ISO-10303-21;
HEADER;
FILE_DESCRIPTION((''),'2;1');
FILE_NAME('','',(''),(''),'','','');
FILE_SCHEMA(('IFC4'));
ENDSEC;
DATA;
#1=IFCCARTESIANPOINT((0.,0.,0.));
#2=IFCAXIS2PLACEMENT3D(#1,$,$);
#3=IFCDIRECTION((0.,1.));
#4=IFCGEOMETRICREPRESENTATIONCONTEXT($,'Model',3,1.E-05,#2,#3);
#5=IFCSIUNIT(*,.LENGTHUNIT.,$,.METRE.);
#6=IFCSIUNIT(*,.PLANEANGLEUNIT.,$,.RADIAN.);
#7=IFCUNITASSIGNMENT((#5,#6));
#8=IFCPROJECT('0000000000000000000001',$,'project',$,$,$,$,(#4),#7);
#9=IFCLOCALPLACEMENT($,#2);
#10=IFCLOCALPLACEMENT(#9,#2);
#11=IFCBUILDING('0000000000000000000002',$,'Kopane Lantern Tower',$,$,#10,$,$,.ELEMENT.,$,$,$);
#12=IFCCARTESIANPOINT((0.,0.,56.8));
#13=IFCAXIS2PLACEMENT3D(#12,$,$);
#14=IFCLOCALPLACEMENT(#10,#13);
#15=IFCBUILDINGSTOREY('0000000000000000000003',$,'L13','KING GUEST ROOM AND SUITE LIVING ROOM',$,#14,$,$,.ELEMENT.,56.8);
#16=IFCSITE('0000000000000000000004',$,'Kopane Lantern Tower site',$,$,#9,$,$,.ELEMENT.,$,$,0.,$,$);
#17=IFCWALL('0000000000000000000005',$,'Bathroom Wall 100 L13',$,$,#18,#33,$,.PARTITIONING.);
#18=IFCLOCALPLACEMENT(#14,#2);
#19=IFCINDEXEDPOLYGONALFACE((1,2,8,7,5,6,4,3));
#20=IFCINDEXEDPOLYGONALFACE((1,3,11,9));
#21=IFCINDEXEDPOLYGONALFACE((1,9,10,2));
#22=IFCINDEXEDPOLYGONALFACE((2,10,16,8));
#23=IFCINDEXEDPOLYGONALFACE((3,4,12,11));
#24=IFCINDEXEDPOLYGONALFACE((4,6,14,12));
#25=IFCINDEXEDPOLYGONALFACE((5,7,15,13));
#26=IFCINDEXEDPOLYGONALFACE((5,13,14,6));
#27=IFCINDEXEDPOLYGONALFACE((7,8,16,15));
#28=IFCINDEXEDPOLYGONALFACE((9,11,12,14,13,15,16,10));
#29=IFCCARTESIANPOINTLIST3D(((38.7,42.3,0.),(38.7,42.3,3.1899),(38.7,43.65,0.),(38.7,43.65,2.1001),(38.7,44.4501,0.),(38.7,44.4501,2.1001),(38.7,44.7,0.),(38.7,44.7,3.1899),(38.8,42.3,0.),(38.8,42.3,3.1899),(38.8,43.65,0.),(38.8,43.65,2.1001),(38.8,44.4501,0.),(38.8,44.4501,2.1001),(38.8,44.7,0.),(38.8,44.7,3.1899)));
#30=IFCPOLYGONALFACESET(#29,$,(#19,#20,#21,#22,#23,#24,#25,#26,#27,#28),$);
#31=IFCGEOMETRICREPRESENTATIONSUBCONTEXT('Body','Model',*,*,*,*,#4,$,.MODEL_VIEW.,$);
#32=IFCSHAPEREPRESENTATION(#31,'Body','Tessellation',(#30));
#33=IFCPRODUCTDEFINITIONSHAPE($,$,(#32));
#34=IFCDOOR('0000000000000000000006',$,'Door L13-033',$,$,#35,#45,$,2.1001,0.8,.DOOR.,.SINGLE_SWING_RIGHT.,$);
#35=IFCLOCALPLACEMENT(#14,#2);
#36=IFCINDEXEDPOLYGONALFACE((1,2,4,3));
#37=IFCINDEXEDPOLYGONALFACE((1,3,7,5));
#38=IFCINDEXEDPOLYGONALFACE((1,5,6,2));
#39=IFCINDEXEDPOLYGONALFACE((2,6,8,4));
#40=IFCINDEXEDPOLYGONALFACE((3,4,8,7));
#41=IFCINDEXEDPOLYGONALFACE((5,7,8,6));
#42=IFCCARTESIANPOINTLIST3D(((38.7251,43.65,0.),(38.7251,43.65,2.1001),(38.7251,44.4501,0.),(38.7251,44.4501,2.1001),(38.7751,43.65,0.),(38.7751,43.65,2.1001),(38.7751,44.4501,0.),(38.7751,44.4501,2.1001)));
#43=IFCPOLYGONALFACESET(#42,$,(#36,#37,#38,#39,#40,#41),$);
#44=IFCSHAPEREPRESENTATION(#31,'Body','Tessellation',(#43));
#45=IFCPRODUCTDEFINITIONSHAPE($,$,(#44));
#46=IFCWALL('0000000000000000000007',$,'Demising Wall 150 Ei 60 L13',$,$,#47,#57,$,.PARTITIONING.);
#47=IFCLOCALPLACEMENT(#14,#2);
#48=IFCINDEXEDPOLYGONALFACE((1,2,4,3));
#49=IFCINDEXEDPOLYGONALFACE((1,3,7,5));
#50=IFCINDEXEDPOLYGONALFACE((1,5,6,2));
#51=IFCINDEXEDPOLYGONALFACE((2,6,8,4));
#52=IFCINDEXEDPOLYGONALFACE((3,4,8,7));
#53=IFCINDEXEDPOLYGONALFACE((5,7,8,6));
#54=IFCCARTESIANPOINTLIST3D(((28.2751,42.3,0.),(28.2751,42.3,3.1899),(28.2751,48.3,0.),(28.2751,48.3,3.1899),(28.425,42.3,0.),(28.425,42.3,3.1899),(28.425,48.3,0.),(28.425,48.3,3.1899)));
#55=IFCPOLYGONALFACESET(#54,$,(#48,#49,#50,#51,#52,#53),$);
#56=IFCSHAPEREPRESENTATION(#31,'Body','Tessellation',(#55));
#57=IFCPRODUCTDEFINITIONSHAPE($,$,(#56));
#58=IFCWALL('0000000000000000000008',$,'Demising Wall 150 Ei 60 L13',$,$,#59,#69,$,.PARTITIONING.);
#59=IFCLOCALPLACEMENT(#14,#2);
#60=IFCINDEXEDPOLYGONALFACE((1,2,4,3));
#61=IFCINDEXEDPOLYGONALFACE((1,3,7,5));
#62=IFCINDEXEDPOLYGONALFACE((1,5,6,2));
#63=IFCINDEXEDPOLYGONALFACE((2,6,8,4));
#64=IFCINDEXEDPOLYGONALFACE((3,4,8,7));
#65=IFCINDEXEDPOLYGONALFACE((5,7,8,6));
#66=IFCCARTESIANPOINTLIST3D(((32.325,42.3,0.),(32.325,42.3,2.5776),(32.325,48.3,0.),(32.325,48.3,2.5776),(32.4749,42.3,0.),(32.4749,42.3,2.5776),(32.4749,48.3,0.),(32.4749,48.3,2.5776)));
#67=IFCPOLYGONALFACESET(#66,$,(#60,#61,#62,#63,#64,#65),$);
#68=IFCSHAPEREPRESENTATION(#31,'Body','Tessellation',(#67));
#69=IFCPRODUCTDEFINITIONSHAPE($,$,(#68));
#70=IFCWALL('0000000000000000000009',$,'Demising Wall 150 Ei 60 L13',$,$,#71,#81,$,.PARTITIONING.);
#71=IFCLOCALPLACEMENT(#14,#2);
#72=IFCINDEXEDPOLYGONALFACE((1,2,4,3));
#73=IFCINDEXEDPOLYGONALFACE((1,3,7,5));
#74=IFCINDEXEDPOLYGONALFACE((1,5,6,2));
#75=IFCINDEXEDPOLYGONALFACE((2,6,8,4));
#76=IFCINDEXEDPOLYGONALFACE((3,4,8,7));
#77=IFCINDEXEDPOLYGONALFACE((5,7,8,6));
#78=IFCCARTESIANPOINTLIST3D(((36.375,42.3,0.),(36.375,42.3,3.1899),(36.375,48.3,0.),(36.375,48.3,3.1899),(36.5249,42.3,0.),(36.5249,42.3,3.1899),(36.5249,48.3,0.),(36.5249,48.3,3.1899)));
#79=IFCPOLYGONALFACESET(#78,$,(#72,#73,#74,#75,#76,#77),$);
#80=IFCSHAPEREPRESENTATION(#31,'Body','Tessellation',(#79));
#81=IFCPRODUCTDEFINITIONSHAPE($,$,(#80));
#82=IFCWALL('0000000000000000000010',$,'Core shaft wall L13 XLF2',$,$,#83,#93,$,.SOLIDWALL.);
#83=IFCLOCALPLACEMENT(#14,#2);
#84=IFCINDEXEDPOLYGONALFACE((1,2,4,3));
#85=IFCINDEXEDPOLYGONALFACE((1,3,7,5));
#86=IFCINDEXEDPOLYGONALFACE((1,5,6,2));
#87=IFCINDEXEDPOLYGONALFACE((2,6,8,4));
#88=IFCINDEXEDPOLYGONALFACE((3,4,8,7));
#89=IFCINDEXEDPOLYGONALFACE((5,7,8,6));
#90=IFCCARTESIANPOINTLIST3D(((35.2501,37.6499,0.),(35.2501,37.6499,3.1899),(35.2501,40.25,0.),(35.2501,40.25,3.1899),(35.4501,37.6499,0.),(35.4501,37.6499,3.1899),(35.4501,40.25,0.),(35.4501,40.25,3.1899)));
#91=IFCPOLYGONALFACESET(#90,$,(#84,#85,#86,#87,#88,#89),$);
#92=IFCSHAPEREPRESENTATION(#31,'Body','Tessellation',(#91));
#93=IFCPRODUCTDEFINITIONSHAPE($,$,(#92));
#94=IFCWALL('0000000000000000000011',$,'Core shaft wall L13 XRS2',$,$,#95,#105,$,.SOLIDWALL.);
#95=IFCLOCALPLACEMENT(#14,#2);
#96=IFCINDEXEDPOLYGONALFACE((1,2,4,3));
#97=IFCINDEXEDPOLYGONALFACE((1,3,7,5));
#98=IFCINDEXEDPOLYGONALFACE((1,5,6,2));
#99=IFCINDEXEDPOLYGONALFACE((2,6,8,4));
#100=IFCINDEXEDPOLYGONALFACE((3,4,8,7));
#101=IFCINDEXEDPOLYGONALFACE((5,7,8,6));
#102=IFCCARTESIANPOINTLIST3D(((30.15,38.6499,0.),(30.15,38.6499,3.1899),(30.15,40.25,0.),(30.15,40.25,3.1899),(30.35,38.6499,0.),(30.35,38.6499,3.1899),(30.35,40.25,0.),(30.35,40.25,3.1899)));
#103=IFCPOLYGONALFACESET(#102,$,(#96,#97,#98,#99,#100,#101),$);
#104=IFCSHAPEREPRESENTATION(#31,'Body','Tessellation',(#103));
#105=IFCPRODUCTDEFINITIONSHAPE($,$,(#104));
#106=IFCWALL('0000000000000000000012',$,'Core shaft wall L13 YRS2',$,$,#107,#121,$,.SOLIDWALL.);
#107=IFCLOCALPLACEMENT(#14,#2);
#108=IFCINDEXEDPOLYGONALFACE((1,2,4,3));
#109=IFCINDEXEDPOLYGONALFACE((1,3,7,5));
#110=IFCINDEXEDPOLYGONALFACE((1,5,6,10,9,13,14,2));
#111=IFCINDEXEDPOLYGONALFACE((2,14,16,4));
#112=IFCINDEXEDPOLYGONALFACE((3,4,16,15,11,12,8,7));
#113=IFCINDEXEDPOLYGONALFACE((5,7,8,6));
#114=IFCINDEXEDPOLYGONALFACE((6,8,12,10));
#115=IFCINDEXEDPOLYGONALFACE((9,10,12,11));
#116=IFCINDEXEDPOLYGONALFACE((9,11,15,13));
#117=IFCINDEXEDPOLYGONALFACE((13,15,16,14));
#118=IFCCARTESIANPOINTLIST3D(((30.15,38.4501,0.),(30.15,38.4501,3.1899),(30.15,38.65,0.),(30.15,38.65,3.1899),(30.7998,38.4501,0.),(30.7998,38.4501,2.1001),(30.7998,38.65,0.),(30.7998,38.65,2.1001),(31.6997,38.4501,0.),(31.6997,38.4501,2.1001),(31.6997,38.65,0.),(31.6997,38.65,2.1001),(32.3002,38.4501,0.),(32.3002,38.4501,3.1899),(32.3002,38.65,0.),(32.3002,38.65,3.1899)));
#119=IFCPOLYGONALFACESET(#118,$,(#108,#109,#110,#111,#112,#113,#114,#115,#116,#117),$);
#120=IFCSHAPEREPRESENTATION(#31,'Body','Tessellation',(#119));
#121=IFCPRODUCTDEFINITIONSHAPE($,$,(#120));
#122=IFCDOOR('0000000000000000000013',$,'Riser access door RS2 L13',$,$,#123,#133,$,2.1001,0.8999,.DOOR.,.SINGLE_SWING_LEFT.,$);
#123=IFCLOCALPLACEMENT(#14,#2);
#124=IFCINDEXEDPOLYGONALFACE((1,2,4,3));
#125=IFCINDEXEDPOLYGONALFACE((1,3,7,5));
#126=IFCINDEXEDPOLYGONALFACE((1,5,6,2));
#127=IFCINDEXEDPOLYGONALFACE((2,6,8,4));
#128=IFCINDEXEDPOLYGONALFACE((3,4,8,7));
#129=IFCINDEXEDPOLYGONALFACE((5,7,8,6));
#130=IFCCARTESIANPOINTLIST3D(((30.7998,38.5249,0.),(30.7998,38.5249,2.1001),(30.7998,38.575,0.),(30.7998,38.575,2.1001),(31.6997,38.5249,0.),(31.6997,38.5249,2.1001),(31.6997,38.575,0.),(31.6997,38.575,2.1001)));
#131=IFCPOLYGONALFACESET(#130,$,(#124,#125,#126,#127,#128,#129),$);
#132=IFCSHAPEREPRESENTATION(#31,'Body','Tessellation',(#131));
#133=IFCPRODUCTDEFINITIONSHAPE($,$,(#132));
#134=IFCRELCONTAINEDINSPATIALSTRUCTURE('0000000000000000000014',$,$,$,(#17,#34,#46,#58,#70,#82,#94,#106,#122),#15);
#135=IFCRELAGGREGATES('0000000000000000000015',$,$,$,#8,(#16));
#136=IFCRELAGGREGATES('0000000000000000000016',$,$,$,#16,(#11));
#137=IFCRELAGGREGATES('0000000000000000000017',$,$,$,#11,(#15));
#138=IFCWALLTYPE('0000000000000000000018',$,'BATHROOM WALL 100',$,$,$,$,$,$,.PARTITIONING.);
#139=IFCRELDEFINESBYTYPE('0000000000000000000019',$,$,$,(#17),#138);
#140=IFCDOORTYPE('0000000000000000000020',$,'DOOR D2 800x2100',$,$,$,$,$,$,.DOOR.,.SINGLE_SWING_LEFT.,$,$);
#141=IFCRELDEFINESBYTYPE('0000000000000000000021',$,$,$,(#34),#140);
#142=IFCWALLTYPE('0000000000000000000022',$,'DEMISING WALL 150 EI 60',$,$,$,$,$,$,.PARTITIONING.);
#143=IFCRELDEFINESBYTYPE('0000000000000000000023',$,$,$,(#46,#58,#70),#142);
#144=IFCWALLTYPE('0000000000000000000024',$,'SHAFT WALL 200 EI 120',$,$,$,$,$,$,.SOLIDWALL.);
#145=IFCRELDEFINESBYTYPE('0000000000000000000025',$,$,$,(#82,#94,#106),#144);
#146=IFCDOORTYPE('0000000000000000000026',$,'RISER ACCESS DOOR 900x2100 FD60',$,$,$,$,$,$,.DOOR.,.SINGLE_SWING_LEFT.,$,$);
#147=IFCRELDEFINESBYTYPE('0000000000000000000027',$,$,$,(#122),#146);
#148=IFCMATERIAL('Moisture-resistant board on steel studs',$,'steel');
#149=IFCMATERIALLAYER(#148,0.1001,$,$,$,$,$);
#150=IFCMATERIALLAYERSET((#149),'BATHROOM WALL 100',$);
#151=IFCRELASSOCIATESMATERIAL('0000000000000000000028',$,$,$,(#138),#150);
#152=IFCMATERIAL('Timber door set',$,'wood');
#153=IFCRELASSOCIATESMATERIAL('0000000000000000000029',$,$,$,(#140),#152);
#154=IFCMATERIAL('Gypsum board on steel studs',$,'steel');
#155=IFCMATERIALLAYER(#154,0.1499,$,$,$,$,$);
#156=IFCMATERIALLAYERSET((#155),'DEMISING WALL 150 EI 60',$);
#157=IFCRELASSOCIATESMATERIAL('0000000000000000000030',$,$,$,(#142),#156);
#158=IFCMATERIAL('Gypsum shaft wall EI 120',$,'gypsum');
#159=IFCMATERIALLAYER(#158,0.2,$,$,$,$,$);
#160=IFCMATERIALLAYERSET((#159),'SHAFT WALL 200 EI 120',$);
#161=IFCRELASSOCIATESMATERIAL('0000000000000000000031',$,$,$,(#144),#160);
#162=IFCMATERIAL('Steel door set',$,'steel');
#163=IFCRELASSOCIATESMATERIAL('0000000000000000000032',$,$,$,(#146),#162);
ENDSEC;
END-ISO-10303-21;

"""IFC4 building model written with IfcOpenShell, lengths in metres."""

from ifc_helpers import new_model, si_unit, direction, frame, frame_2d, origin, place, context, subcontext, project, spatial, rectangle, extrude, material, layer, layer_set, type_object, element, fill, save


model = new_model("IFC4")

# Units and contexts
model_context = context("Model", 3, precision=1e-05, world=origin(), true_north=direction((0.0, 1.0)))
body_context = subcontext(model_context, "Body", "Model", "MODEL_VIEW")
ifc_project = project(units=[si_unit("LENGTHUNIT", "METRE"), si_unit("PLANEANGLEUNIT", "RADIAN")], contexts=[model_context])

# Site, building, storey
site_placement = place(None, origin())
site = spatial("IfcSite", under=ifc_project, at=site_placement, Name="Kopane Lantern Tower site", CompositionType="ELEMENT", RefElevation=0.0)
building_placement = place(site_placement, origin())
building = spatial("IfcBuilding", under=site, at=building_placement, Name="Kopane Lantern Tower", CompositionType="ELEMENT")
storey_placement = place(building_placement, frame((0.0, 0.0, 56.8)))
storey = spatial("IfcBuildingStorey", under=building, at=storey_placement, Name="L13", Description="KING GUEST ROOM AND SUITE LIVING ROOM", CompositionType="ELEMENT", Elevation=56.8)

# Shared definitions
ifc_material_1 = material(Name="Moisture-resistant board on steel studs", Category="steel")
ifc_layer_1 = layer(ifc_material_1, 0.1001)
ifc_layer_set_1 = layer_set([ifc_layer_1], Name="BATHROOM WALL 100")
wall_type_1 = type_object("IfcWallType", Name="BATHROOM WALL 100", PredefinedType="PARTITIONING", material=ifc_layer_set_1)
ifc_material_2 = material(Name="Timber door set", Category="wood")
door_type_1 = type_object("IfcDoorType", Name="DOOR D2 800x2100", OperationType="SINGLE_SWING_LEFT", PredefinedType="DOOR", material=ifc_material_2)

# Wall, opening, door
wall_1_placement = place(storey_placement, frame((38.75, 42.3, 0.0), z_axis=(0.0, 0.0, 1.0), x_axis=(0.0, 1.0, 0.0)))
wall_1 = element("IfcWall", 1, at=wall_1_placement, inside=storey, type_object=wall_type_1, Name="Bathroom Wall 100 L13", PredefinedType="PARTITIONING", context=body_context, shape_type="SweptSolid", body=[
    extrude(rectangle(XDim=2.3999, YDim=0.1001, at=frame_2d((1.2, 0.0))), origin(), (0.0, 0.0, 1.0), 3.1899),
])
opening_1_placement = place(wall_1_placement, frame((1.3501, 0.0, 0.0)))
opening_1 = element("IfcOpeningElement", 2, at=opening_1_placement, cuts=wall_1, PredefinedType="OPENING", context=body_context, shape_type="SweptSolid", body=[
    extrude(rectangle(XDim=0.8, YDim=2.1001, at=frame_2d((0.3999, 1.05))), frame((0.0, 0.0601, 0.0), z_axis=(0.0, -1.0, 0.0), x_axis=(1.0, 0.0, 0.0)), (0.0, 0.0, 1.0), 0.1201),
])
door_1_placement = place(opening_1_placement, origin())
door_1 = element("IfcDoor", 3, at=door_1_placement, inside=storey, type_object=door_type_1, Name="Door L13-033", OperationType="SINGLE_SWING_RIGHT", OverallHeight=2.1001, OverallWidth=0.8, PredefinedType="DOOR", context=body_context, shape_type="SweptSolid", body=[
    extrude(rectangle(XDim=0.8, YDim=2.1001, at=frame_2d((0.3999, 1.05))), frame((0.0, 0.0249, 0.0), z_axis=(0.0, -1.0, 0.0), x_axis=(1.0, 0.0, 0.0)), (0.0, 0.0, 1.0), 0.05),
])
fill(opening_1, door_1)

# Walls
ifc_material_3 = material(Name="Gypsum board on steel studs", Category="steel")
ifc_layer_2 = layer(ifc_material_3, 0.1499)
ifc_layer_set_2 = layer_set([ifc_layer_2], Name="DEMISING WALL 150 EI 60")
wall_type_2 = type_object("IfcWallType", Name="DEMISING WALL 150 EI 60", PredefinedType="PARTITIONING", material=ifc_layer_set_2)
wall_2_placement = place(storey_placement, frame((28.3501, 42.3, 0.0), z_axis=(0.0, 0.0, 1.0), x_axis=(0.0, 1.0, 0.0)))
element("IfcWall", 4, at=wall_2_placement, inside=storey, type_object=wall_type_2, Name="Demising Wall 150 Ei 60 L13", PredefinedType="PARTITIONING", context=body_context, shape_type="SweptSolid", body=[
    extrude(rectangle(XDim=6.0, YDim=0.1499, at=frame_2d((3.0, 0.0))), origin(), (0.0, 0.0, 1.0), 3.1899),
])
wall_3_placement = place(storey_placement, frame((32.3999, 42.3, 0.0), z_axis=(0.0, 0.0, 1.0), x_axis=(0.0, 1.0, 0.0)))
element("IfcWall", 5, at=wall_3_placement, inside=storey, type_object=wall_type_2, Name="Demising Wall 150 Ei 60 L13", PredefinedType="PARTITIONING", context=body_context, shape_type="SweptSolid", body=[
    extrude(rectangle(XDim=6.0, YDim=0.1499, at=frame_2d((3.0, 0.0))), origin(), (0.0, 0.0, 1.0), 2.5776),
])
wall_4_placement = place(storey_placement, frame((36.45, 42.3, 0.0), z_axis=(0.0, 0.0, 1.0), x_axis=(0.0, 1.0, 0.0)))
element("IfcWall", 6, at=wall_4_placement, inside=storey, type_object=wall_type_2, Name="Demising Wall 150 Ei 60 L13", PredefinedType="PARTITIONING", context=body_context, shape_type="SweptSolid", body=[
    extrude(rectangle(XDim=6.0, YDim=0.1499, at=frame_2d((3.0, 0.0))), origin(), (0.0, 0.0, 1.0), 3.1899),
])
ifc_material_4 = material(Name="Gypsum shaft wall EI 120", Category="gypsum")
ifc_layer_3 = layer(ifc_material_4, 0.2)
ifc_layer_set_3 = layer_set([ifc_layer_3], Name="SHAFT WALL 200 EI 120")
wall_type_3 = type_object("IfcWallType", Name="SHAFT WALL 200 EI 120", PredefinedType="SOLIDWALL", material=ifc_layer_set_3)
wall_5_placement = place(storey_placement, frame((35.3501, 37.6499, 0.0), z_axis=(0.0, 0.0, 1.0), x_axis=(0.0, 1.0, 0.0)))
element("IfcWall", 7, at=wall_5_placement, inside=storey, type_object=wall_type_3, Name="Core shaft wall L13 XLF2", PredefinedType="SOLIDWALL", context=body_context, shape_type="SweptSolid", body=[
    extrude(rectangle(XDim=2.6001, YDim=0.2, at=frame_2d((1.3, 0.0))), origin(), (0.0, 0.0, 1.0), 3.1899),
])
wall_6_placement = place(storey_placement, frame((30.25, 38.6499, 0.0), z_axis=(0.0, 0.0, 1.0), x_axis=(0.0, 1.0, 0.0)))
element("IfcWall", 8, at=wall_6_placement, inside=storey, type_object=wall_type_3, Name="Core shaft wall L13 XRS2", PredefinedType="SOLIDWALL", context=body_context, shape_type="SweptSolid", body=[
    extrude(rectangle(XDim=1.6001, YDim=0.2, at=frame_2d((0.8, 0.0))), origin(), (0.0, 0.0, 1.0), 3.1899),
])

# Wall, opening, door
wall_7_placement = place(storey_placement, frame((30.1499, 38.55, 0.0), z_axis=(0.0, 0.0, 1.0), x_axis=(1.0, 0.0, 0.0)))
wall_7 = element("IfcWall", 9, at=wall_7_placement, inside=storey, type_object=wall_type_3, Name="Core shaft wall L13 YRS2", PredefinedType="SOLIDWALL", context=body_context, shape_type="SweptSolid", body=[
    extrude(rectangle(XDim=2.1501, YDim=0.2, at=frame_2d((1.0752, 0.0))), origin(), (0.0, 0.0, 1.0), 3.1899),
])
opening_2_placement = place(wall_7_placement, frame((0.6499, 0.0, 0.0)))
opening_2 = element("IfcOpeningElement", 10, at=opening_2_placement, cuts=wall_7, PredefinedType="OPENING", context=body_context, shape_type="SweptSolid", body=[
    extrude(rectangle(XDim=0.8999, YDim=2.1001, at=frame_2d((0.45, 1.05))), frame((0.0, 0.1099, 0.0), z_axis=(0.0, -1.0, 0.0), x_axis=(1.0, 0.0, 0.0)), (0.0, 0.0, 1.0), 0.22),
])
ifc_material_5 = material(Name="Steel door set", Category="steel")
door_type_2 = type_object("IfcDoorType", Name="RISER ACCESS DOOR 900x2100 FD60", OperationType="SINGLE_SWING_LEFT", PredefinedType="DOOR", material=ifc_material_5)
door_2_placement = place(opening_2_placement, origin())
door_2 = element("IfcDoor", 11, at=door_2_placement, inside=storey, type_object=door_type_2, Name="Riser access door RS2 L13", OperationType="SINGLE_SWING_LEFT", OverallHeight=2.1001, OverallWidth=0.8999, PredefinedType="DOOR", context=body_context, shape_type="SweptSolid", body=[
    extrude(rectangle(XDim=0.8999, YDim=2.1001, at=frame_2d((0.45, 1.05))), frame((0.0, 0.0249, 0.0), z_axis=(0.0, -1.0, 0.0), x_axis=(1.0, 0.0, 0.0)), (0.0, 0.0, 1.0), 0.05),
])
fill(opening_2, door_2)

save(model, "model.ifc")
